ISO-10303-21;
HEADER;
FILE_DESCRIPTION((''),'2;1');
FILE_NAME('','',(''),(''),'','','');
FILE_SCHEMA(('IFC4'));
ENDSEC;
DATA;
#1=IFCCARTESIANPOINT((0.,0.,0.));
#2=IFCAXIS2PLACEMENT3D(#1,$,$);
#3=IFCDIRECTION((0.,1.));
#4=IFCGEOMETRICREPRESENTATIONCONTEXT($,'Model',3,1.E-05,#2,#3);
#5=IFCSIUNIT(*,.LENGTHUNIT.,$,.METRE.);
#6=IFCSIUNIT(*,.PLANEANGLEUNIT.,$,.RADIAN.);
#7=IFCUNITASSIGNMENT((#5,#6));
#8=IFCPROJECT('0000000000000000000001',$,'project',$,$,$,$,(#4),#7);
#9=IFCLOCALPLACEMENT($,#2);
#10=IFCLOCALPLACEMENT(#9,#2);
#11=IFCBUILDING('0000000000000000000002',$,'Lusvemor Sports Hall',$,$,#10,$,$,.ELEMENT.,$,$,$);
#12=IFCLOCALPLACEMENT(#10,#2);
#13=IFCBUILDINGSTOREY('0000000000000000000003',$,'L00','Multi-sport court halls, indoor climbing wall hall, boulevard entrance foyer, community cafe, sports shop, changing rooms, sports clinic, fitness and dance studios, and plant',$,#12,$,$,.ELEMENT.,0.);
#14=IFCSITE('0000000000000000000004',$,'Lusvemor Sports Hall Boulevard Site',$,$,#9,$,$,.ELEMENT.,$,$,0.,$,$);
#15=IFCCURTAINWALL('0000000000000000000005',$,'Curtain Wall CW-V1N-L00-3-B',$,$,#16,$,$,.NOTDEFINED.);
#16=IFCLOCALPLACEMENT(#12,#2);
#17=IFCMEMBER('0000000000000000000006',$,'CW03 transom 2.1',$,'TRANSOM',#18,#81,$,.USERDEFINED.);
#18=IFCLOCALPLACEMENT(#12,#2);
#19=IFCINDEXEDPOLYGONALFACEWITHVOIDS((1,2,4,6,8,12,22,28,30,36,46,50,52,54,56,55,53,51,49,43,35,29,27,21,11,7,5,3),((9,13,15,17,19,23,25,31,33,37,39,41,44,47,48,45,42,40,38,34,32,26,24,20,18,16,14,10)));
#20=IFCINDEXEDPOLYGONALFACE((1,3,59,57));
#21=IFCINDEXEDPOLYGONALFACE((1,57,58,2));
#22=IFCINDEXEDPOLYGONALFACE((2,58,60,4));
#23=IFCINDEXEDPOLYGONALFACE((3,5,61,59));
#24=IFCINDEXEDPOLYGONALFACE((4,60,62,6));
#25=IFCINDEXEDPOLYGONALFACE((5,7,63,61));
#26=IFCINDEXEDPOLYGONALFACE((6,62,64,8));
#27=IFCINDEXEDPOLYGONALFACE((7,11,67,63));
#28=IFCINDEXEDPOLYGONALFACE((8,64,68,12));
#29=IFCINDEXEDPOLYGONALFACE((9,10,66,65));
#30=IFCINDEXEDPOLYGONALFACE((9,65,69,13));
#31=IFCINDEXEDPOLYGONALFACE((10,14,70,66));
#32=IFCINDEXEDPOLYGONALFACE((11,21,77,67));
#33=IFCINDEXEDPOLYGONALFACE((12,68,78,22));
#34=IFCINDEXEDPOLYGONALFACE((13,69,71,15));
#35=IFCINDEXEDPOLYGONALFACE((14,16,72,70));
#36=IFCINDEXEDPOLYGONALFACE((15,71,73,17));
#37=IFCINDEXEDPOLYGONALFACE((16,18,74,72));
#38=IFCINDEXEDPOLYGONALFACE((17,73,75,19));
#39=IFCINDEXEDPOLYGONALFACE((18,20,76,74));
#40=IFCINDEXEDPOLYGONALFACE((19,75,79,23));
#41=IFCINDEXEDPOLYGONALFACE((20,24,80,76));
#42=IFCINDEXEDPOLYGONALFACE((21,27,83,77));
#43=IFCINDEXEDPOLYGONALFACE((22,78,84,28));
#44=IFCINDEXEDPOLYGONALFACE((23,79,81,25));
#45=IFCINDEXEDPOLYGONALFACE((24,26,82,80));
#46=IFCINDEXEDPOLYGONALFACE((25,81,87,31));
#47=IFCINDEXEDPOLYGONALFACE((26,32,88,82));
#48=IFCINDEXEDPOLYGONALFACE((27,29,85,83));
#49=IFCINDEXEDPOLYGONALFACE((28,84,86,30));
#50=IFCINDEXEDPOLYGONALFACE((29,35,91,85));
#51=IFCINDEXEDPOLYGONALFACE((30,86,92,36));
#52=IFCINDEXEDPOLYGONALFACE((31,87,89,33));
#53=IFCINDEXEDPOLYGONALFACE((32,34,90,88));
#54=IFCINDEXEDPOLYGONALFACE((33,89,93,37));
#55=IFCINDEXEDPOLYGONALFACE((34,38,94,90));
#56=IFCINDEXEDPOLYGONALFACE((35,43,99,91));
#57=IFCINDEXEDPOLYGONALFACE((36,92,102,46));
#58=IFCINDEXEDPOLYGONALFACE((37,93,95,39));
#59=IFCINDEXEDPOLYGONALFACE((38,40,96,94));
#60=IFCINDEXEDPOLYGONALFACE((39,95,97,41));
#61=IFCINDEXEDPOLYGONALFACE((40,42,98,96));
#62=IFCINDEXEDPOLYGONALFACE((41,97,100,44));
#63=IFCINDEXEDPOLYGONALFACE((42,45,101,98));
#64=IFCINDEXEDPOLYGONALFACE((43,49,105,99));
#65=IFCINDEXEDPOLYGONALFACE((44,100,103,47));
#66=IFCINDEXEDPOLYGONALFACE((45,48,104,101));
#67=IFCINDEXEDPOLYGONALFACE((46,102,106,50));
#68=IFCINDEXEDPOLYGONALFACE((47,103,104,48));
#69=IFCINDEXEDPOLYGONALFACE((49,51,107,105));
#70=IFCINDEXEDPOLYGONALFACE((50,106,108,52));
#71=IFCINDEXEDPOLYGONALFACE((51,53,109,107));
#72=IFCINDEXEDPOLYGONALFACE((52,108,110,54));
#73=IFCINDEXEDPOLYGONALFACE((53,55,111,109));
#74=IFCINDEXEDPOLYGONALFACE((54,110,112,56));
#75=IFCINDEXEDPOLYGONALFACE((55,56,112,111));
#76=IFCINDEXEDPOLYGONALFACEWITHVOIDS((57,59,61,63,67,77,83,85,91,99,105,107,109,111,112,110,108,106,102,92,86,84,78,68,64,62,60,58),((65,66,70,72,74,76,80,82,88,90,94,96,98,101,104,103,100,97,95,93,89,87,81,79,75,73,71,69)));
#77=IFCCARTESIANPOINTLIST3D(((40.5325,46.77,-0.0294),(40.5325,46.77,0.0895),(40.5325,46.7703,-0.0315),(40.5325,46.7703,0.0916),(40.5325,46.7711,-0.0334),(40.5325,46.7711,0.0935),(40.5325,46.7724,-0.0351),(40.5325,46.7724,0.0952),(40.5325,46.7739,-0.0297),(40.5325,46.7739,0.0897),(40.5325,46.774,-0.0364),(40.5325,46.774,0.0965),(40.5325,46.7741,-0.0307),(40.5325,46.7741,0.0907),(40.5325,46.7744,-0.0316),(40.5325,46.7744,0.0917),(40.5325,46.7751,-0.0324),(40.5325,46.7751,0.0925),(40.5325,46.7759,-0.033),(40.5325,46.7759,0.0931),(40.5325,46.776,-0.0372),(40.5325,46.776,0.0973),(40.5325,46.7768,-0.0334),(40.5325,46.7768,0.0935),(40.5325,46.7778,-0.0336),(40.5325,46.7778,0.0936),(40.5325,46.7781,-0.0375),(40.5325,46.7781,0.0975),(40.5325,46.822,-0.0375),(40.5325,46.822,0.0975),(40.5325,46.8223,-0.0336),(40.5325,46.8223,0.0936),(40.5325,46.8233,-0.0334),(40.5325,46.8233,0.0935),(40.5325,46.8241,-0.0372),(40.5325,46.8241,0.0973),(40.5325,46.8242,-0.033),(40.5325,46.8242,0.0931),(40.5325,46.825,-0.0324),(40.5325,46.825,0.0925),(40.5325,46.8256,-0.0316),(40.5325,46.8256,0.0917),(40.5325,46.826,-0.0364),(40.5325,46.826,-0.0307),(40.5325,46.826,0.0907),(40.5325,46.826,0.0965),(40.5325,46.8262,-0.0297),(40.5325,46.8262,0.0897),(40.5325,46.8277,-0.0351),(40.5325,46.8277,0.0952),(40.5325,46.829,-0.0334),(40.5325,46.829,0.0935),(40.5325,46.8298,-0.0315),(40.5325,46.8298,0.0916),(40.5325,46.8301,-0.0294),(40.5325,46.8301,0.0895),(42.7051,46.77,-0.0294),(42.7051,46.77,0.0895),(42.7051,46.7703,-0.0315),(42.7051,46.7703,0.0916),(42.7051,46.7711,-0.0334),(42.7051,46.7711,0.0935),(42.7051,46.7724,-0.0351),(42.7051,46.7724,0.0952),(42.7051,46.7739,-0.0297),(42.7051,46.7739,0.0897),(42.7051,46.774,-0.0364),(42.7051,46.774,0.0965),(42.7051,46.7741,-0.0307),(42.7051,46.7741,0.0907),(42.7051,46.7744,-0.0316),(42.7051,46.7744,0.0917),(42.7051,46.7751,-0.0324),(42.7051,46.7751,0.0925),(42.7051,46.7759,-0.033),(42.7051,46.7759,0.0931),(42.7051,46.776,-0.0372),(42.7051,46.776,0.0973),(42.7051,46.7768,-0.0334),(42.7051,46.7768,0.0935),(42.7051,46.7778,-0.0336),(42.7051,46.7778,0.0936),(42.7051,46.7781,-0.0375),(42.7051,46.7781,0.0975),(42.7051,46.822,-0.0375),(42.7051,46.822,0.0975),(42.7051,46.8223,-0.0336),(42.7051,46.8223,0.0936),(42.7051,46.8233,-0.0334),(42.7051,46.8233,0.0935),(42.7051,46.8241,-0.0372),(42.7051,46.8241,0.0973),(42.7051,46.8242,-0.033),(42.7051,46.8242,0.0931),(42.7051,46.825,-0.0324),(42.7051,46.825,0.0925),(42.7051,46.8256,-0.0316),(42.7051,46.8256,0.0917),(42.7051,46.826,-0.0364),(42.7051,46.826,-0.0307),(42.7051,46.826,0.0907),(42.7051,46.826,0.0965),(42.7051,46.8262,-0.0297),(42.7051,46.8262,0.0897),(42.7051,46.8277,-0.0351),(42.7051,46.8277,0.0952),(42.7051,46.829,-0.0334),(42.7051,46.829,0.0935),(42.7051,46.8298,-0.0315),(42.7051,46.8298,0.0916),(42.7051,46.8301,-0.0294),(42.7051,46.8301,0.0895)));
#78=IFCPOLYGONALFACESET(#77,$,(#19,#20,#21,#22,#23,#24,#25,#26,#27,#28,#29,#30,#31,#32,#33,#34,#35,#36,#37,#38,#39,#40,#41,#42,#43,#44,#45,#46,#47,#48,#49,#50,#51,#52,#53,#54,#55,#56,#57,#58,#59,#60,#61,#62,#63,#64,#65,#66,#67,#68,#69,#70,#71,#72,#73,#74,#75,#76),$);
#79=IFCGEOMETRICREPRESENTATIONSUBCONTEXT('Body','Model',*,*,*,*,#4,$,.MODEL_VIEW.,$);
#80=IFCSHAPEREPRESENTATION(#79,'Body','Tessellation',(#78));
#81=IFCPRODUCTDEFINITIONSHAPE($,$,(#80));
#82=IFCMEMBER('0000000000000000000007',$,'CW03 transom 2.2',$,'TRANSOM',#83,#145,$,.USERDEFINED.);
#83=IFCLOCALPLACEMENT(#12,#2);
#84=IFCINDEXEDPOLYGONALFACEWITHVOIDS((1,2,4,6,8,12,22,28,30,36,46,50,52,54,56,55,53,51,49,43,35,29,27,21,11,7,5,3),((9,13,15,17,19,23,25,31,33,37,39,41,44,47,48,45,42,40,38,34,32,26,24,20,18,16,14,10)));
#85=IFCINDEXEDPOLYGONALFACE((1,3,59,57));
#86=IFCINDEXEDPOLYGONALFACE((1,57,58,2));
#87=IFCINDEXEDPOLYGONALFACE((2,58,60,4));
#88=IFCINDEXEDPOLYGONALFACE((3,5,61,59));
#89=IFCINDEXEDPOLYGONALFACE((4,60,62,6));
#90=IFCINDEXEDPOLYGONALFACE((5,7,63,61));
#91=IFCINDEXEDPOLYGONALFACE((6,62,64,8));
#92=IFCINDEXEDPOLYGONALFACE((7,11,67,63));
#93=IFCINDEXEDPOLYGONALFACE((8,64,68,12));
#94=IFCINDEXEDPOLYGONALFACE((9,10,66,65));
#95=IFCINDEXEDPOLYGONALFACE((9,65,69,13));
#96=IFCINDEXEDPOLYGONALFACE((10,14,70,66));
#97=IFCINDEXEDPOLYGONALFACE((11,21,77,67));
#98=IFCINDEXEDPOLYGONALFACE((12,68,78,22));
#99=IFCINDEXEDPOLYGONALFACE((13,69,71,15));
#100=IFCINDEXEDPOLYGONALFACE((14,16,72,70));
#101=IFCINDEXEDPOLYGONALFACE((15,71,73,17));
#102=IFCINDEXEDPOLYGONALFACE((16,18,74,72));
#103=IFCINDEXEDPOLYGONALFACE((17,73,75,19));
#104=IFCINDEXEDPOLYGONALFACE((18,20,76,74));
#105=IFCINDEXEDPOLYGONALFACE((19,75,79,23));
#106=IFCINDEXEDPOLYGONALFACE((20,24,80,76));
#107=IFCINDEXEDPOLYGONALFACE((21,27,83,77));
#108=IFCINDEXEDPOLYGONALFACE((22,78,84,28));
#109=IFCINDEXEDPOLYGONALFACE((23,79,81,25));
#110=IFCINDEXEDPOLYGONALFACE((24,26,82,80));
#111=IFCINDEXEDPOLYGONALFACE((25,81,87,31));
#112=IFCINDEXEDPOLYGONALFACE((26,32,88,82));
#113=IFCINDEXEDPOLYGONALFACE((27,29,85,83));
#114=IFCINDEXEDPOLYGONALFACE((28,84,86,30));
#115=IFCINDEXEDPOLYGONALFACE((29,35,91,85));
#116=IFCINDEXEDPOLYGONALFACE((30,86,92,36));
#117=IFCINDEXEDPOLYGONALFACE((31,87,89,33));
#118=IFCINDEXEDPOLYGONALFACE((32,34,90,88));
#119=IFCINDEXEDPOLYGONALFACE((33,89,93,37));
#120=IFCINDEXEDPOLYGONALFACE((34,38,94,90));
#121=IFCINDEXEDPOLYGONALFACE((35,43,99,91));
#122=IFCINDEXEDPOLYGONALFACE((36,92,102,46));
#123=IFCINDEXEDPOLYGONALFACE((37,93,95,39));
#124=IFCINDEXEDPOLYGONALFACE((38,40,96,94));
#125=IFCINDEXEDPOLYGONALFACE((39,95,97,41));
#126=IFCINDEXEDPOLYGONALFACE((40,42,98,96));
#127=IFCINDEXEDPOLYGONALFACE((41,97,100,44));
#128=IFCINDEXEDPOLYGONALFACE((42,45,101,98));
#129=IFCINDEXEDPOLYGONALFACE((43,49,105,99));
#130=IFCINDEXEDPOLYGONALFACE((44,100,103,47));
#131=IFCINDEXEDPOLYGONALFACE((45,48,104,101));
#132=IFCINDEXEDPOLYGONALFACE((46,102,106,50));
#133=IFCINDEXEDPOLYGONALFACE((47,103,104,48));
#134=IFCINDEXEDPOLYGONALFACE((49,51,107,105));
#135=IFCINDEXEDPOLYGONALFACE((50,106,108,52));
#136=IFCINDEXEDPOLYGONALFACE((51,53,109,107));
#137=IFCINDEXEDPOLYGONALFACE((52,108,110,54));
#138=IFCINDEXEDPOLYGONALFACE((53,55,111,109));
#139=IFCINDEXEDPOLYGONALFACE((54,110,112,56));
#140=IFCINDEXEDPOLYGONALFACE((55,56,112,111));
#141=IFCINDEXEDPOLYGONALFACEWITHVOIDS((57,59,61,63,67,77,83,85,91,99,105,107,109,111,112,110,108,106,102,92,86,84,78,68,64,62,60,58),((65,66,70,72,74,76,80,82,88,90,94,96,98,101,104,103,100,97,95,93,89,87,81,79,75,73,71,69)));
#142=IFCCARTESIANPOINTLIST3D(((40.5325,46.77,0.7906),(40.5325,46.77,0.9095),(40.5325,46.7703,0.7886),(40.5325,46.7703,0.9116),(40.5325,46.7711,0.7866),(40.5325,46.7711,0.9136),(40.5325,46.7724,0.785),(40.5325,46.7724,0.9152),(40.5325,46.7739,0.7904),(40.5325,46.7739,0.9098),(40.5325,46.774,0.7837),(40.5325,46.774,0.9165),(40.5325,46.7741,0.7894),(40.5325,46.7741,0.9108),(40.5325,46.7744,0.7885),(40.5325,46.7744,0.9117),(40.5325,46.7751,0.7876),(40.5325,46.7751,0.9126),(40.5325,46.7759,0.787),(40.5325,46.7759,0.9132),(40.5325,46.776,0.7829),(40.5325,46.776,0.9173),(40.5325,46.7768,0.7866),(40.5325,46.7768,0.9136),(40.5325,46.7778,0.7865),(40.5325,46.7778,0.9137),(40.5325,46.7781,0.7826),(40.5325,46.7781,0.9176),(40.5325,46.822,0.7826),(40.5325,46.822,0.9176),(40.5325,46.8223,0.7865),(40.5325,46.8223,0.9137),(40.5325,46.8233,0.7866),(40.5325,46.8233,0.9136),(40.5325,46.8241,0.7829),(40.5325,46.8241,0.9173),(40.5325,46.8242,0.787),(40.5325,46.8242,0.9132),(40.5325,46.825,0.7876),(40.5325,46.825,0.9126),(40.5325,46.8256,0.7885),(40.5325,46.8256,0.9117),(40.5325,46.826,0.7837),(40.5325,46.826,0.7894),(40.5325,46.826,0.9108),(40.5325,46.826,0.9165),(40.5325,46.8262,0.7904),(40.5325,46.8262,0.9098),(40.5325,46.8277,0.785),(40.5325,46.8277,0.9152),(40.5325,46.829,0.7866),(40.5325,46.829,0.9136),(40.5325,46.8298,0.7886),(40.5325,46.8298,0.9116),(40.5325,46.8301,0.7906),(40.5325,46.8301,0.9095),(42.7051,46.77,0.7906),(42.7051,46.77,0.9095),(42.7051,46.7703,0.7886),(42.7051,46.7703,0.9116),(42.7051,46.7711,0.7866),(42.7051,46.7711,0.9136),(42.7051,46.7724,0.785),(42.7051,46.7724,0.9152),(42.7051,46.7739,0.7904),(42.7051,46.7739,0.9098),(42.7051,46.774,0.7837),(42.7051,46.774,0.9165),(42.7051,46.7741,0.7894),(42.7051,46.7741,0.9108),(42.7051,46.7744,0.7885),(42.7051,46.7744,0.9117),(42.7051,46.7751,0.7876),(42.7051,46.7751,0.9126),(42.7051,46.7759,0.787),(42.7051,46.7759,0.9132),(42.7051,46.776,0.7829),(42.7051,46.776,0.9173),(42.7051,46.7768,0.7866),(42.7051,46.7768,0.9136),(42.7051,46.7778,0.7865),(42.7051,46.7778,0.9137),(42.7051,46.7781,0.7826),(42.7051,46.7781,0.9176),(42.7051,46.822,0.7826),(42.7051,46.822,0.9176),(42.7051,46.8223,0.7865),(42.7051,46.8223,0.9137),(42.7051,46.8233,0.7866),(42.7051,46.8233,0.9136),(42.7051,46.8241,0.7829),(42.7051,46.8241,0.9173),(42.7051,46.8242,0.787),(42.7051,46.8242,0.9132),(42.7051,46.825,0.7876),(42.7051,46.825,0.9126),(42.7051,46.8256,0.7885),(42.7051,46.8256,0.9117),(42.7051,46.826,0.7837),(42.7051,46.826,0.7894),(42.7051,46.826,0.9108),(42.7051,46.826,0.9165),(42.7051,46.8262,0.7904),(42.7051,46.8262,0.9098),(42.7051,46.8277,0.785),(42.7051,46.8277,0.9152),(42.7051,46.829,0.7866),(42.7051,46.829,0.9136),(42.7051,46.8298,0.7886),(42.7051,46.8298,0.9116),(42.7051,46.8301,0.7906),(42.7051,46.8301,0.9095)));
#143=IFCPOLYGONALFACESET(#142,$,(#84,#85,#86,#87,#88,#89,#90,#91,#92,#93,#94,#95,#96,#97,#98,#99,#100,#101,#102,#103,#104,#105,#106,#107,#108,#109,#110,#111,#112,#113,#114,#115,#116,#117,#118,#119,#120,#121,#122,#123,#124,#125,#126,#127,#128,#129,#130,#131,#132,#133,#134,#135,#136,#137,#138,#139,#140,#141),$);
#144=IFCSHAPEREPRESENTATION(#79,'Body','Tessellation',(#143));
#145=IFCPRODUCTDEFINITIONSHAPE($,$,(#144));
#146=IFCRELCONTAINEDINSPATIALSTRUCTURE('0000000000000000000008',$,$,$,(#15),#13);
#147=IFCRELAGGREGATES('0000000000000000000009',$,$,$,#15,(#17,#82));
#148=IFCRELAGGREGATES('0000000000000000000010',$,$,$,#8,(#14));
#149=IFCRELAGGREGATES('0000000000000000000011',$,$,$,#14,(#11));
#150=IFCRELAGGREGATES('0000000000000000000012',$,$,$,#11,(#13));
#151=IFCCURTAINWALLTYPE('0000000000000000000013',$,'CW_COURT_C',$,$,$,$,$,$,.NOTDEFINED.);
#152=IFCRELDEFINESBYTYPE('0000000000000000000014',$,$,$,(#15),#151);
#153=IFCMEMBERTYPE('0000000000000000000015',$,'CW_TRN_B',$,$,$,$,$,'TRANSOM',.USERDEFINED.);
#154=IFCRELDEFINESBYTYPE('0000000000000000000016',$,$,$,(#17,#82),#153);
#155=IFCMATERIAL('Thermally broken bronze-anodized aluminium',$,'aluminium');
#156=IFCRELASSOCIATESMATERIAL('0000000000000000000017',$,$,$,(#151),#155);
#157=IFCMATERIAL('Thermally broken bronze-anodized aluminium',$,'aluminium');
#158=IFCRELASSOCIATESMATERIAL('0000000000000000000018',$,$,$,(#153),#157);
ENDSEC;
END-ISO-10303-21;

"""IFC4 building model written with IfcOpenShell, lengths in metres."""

from ifc_helpers import new_model, si_unit, direction, frame, origin, origin_2d, place, context, subcontext, project, spatial, hollow_rectangle, extrude, material, material_profile, profile_set, type_object, element, aggregate, save


model = new_model("IFC4")

# Units and contexts
model_context = context("Model", 3, precision=1e-05, world=origin(), true_north=direction((0.0, 1.0)))
body_context = subcontext(model_context, "Body", "Model", "MODEL_VIEW")
ifc_project = project(units=[si_unit("LENGTHUNIT", "METRE"), si_unit("PLANEANGLEUNIT", "RADIAN")], contexts=[model_context])

# Site, building, storey
site_placement = place(None, origin())
site = spatial("IfcSite", under=ifc_project, at=site_placement, Name="Lusvemor Sports Hall Boulevard Site", CompositionType="ELEMENT", RefElevation=0.0)
building_placement = place(site_placement, origin())
building = spatial("IfcBuilding", under=site, at=building_placement, Name="Lusvemor Sports Hall", CompositionType="ELEMENT")
storey_placement = place(building_placement, origin())
storey = spatial("IfcBuildingStorey", under=building, at=storey_placement, Name="L00", Description="Multi-sport court halls, indoor climbing wall hall, boulevard entrance foyer, community cafe, sports shop, changing rooms, sports clinic, fitness and dance studios, and plant", CompositionType="ELEMENT", Elevation=0.0)

# Curtain wall, members
ifc_material_1 = material(Name="Thermally broken bronze-anodized aluminium", Category="aluminium")
curtain_wall_type = type_object("IfcCurtainWallType", Name="CW_COURT_C", PredefinedType="NOTDEFINED", material=ifc_material_1)
curtain_wall_placement = place(storey_placement, origin())
curtain_wall = element("IfcCurtainWall", 1, at=curtain_wall_placement, inside=storey, type_object=curtain_wall_type, Name="Curtain Wall CW-V1N-L00-3-B", PredefinedType="NOTDEFINED")
ifc_material_2 = material(Name="Thermally broken bronze-anodized aluminium", Category="aluminium")
ifc_material_profile_1 = material_profile(ifc_material_2, hollow_rectangle(XDim=0.0601, YDim=0.135, WallThickness=0.0039, InnerFilletRadius=0.0039, OuterFilletRadius=0.0081, at=origin_2d()), Name="CWTRN135x60x4")
ifc_profile_set_1 = profile_set([ifc_material_profile_1], Name="Thermally broken bronze-anodized aluminium")
member_type_1 = type_object("IfcMemberType", Name="CW_TRN_B", ElementType="TRANSOM", PredefinedType="USERDEFINED", material=ifc_profile_set_1)
member_1_placement = place(storey_placement, frame((40.5325, 46.8, 0.03), z_axis=(1.0, 0.0, 0.0), x_axis=(0.0, 1.0, 0.0)))
member_1 = element("IfcMember", 2, at=member_1_placement, type_object=member_type_1, Name="CW03 transom 2.1", ObjectType="TRANSOM", PredefinedType="USERDEFINED", context=body_context, shape_type="SweptSolid", body=[
    extrude(hollow_rectangle(XDim=0.0601, YDim=0.135, WallThickness=0.0039, InnerFilletRadius=0.0039, OuterFilletRadius=0.0081, at=origin_2d()), origin(), (0.0, 0.0, 1.0), 2.1726),
])
member_2_placement = place(storey_placement, frame((40.5325, 46.8, 0.8501), z_axis=(1.0, 0.0, 0.0), x_axis=(0.0, 1.0, 0.0)))
member_2 = element("IfcMember", 3, at=member_2_placement, type_object=member_type_1, Name="CW03 transom 2.2", ObjectType="TRANSOM", PredefinedType="USERDEFINED", context=body_context, shape_type="SweptSolid", body=[
    extrude(hollow_rectangle(XDim=0.0601, YDim=0.135, WallThickness=0.0039, InnerFilletRadius=0.0039, OuterFilletRadius=0.0081, at=origin_2d()), origin(), (0.0, 0.0, 1.0), 2.1726),
])
aggregate(curtain_wall, [member_1, member_2])

save(model, "model.ifc")
